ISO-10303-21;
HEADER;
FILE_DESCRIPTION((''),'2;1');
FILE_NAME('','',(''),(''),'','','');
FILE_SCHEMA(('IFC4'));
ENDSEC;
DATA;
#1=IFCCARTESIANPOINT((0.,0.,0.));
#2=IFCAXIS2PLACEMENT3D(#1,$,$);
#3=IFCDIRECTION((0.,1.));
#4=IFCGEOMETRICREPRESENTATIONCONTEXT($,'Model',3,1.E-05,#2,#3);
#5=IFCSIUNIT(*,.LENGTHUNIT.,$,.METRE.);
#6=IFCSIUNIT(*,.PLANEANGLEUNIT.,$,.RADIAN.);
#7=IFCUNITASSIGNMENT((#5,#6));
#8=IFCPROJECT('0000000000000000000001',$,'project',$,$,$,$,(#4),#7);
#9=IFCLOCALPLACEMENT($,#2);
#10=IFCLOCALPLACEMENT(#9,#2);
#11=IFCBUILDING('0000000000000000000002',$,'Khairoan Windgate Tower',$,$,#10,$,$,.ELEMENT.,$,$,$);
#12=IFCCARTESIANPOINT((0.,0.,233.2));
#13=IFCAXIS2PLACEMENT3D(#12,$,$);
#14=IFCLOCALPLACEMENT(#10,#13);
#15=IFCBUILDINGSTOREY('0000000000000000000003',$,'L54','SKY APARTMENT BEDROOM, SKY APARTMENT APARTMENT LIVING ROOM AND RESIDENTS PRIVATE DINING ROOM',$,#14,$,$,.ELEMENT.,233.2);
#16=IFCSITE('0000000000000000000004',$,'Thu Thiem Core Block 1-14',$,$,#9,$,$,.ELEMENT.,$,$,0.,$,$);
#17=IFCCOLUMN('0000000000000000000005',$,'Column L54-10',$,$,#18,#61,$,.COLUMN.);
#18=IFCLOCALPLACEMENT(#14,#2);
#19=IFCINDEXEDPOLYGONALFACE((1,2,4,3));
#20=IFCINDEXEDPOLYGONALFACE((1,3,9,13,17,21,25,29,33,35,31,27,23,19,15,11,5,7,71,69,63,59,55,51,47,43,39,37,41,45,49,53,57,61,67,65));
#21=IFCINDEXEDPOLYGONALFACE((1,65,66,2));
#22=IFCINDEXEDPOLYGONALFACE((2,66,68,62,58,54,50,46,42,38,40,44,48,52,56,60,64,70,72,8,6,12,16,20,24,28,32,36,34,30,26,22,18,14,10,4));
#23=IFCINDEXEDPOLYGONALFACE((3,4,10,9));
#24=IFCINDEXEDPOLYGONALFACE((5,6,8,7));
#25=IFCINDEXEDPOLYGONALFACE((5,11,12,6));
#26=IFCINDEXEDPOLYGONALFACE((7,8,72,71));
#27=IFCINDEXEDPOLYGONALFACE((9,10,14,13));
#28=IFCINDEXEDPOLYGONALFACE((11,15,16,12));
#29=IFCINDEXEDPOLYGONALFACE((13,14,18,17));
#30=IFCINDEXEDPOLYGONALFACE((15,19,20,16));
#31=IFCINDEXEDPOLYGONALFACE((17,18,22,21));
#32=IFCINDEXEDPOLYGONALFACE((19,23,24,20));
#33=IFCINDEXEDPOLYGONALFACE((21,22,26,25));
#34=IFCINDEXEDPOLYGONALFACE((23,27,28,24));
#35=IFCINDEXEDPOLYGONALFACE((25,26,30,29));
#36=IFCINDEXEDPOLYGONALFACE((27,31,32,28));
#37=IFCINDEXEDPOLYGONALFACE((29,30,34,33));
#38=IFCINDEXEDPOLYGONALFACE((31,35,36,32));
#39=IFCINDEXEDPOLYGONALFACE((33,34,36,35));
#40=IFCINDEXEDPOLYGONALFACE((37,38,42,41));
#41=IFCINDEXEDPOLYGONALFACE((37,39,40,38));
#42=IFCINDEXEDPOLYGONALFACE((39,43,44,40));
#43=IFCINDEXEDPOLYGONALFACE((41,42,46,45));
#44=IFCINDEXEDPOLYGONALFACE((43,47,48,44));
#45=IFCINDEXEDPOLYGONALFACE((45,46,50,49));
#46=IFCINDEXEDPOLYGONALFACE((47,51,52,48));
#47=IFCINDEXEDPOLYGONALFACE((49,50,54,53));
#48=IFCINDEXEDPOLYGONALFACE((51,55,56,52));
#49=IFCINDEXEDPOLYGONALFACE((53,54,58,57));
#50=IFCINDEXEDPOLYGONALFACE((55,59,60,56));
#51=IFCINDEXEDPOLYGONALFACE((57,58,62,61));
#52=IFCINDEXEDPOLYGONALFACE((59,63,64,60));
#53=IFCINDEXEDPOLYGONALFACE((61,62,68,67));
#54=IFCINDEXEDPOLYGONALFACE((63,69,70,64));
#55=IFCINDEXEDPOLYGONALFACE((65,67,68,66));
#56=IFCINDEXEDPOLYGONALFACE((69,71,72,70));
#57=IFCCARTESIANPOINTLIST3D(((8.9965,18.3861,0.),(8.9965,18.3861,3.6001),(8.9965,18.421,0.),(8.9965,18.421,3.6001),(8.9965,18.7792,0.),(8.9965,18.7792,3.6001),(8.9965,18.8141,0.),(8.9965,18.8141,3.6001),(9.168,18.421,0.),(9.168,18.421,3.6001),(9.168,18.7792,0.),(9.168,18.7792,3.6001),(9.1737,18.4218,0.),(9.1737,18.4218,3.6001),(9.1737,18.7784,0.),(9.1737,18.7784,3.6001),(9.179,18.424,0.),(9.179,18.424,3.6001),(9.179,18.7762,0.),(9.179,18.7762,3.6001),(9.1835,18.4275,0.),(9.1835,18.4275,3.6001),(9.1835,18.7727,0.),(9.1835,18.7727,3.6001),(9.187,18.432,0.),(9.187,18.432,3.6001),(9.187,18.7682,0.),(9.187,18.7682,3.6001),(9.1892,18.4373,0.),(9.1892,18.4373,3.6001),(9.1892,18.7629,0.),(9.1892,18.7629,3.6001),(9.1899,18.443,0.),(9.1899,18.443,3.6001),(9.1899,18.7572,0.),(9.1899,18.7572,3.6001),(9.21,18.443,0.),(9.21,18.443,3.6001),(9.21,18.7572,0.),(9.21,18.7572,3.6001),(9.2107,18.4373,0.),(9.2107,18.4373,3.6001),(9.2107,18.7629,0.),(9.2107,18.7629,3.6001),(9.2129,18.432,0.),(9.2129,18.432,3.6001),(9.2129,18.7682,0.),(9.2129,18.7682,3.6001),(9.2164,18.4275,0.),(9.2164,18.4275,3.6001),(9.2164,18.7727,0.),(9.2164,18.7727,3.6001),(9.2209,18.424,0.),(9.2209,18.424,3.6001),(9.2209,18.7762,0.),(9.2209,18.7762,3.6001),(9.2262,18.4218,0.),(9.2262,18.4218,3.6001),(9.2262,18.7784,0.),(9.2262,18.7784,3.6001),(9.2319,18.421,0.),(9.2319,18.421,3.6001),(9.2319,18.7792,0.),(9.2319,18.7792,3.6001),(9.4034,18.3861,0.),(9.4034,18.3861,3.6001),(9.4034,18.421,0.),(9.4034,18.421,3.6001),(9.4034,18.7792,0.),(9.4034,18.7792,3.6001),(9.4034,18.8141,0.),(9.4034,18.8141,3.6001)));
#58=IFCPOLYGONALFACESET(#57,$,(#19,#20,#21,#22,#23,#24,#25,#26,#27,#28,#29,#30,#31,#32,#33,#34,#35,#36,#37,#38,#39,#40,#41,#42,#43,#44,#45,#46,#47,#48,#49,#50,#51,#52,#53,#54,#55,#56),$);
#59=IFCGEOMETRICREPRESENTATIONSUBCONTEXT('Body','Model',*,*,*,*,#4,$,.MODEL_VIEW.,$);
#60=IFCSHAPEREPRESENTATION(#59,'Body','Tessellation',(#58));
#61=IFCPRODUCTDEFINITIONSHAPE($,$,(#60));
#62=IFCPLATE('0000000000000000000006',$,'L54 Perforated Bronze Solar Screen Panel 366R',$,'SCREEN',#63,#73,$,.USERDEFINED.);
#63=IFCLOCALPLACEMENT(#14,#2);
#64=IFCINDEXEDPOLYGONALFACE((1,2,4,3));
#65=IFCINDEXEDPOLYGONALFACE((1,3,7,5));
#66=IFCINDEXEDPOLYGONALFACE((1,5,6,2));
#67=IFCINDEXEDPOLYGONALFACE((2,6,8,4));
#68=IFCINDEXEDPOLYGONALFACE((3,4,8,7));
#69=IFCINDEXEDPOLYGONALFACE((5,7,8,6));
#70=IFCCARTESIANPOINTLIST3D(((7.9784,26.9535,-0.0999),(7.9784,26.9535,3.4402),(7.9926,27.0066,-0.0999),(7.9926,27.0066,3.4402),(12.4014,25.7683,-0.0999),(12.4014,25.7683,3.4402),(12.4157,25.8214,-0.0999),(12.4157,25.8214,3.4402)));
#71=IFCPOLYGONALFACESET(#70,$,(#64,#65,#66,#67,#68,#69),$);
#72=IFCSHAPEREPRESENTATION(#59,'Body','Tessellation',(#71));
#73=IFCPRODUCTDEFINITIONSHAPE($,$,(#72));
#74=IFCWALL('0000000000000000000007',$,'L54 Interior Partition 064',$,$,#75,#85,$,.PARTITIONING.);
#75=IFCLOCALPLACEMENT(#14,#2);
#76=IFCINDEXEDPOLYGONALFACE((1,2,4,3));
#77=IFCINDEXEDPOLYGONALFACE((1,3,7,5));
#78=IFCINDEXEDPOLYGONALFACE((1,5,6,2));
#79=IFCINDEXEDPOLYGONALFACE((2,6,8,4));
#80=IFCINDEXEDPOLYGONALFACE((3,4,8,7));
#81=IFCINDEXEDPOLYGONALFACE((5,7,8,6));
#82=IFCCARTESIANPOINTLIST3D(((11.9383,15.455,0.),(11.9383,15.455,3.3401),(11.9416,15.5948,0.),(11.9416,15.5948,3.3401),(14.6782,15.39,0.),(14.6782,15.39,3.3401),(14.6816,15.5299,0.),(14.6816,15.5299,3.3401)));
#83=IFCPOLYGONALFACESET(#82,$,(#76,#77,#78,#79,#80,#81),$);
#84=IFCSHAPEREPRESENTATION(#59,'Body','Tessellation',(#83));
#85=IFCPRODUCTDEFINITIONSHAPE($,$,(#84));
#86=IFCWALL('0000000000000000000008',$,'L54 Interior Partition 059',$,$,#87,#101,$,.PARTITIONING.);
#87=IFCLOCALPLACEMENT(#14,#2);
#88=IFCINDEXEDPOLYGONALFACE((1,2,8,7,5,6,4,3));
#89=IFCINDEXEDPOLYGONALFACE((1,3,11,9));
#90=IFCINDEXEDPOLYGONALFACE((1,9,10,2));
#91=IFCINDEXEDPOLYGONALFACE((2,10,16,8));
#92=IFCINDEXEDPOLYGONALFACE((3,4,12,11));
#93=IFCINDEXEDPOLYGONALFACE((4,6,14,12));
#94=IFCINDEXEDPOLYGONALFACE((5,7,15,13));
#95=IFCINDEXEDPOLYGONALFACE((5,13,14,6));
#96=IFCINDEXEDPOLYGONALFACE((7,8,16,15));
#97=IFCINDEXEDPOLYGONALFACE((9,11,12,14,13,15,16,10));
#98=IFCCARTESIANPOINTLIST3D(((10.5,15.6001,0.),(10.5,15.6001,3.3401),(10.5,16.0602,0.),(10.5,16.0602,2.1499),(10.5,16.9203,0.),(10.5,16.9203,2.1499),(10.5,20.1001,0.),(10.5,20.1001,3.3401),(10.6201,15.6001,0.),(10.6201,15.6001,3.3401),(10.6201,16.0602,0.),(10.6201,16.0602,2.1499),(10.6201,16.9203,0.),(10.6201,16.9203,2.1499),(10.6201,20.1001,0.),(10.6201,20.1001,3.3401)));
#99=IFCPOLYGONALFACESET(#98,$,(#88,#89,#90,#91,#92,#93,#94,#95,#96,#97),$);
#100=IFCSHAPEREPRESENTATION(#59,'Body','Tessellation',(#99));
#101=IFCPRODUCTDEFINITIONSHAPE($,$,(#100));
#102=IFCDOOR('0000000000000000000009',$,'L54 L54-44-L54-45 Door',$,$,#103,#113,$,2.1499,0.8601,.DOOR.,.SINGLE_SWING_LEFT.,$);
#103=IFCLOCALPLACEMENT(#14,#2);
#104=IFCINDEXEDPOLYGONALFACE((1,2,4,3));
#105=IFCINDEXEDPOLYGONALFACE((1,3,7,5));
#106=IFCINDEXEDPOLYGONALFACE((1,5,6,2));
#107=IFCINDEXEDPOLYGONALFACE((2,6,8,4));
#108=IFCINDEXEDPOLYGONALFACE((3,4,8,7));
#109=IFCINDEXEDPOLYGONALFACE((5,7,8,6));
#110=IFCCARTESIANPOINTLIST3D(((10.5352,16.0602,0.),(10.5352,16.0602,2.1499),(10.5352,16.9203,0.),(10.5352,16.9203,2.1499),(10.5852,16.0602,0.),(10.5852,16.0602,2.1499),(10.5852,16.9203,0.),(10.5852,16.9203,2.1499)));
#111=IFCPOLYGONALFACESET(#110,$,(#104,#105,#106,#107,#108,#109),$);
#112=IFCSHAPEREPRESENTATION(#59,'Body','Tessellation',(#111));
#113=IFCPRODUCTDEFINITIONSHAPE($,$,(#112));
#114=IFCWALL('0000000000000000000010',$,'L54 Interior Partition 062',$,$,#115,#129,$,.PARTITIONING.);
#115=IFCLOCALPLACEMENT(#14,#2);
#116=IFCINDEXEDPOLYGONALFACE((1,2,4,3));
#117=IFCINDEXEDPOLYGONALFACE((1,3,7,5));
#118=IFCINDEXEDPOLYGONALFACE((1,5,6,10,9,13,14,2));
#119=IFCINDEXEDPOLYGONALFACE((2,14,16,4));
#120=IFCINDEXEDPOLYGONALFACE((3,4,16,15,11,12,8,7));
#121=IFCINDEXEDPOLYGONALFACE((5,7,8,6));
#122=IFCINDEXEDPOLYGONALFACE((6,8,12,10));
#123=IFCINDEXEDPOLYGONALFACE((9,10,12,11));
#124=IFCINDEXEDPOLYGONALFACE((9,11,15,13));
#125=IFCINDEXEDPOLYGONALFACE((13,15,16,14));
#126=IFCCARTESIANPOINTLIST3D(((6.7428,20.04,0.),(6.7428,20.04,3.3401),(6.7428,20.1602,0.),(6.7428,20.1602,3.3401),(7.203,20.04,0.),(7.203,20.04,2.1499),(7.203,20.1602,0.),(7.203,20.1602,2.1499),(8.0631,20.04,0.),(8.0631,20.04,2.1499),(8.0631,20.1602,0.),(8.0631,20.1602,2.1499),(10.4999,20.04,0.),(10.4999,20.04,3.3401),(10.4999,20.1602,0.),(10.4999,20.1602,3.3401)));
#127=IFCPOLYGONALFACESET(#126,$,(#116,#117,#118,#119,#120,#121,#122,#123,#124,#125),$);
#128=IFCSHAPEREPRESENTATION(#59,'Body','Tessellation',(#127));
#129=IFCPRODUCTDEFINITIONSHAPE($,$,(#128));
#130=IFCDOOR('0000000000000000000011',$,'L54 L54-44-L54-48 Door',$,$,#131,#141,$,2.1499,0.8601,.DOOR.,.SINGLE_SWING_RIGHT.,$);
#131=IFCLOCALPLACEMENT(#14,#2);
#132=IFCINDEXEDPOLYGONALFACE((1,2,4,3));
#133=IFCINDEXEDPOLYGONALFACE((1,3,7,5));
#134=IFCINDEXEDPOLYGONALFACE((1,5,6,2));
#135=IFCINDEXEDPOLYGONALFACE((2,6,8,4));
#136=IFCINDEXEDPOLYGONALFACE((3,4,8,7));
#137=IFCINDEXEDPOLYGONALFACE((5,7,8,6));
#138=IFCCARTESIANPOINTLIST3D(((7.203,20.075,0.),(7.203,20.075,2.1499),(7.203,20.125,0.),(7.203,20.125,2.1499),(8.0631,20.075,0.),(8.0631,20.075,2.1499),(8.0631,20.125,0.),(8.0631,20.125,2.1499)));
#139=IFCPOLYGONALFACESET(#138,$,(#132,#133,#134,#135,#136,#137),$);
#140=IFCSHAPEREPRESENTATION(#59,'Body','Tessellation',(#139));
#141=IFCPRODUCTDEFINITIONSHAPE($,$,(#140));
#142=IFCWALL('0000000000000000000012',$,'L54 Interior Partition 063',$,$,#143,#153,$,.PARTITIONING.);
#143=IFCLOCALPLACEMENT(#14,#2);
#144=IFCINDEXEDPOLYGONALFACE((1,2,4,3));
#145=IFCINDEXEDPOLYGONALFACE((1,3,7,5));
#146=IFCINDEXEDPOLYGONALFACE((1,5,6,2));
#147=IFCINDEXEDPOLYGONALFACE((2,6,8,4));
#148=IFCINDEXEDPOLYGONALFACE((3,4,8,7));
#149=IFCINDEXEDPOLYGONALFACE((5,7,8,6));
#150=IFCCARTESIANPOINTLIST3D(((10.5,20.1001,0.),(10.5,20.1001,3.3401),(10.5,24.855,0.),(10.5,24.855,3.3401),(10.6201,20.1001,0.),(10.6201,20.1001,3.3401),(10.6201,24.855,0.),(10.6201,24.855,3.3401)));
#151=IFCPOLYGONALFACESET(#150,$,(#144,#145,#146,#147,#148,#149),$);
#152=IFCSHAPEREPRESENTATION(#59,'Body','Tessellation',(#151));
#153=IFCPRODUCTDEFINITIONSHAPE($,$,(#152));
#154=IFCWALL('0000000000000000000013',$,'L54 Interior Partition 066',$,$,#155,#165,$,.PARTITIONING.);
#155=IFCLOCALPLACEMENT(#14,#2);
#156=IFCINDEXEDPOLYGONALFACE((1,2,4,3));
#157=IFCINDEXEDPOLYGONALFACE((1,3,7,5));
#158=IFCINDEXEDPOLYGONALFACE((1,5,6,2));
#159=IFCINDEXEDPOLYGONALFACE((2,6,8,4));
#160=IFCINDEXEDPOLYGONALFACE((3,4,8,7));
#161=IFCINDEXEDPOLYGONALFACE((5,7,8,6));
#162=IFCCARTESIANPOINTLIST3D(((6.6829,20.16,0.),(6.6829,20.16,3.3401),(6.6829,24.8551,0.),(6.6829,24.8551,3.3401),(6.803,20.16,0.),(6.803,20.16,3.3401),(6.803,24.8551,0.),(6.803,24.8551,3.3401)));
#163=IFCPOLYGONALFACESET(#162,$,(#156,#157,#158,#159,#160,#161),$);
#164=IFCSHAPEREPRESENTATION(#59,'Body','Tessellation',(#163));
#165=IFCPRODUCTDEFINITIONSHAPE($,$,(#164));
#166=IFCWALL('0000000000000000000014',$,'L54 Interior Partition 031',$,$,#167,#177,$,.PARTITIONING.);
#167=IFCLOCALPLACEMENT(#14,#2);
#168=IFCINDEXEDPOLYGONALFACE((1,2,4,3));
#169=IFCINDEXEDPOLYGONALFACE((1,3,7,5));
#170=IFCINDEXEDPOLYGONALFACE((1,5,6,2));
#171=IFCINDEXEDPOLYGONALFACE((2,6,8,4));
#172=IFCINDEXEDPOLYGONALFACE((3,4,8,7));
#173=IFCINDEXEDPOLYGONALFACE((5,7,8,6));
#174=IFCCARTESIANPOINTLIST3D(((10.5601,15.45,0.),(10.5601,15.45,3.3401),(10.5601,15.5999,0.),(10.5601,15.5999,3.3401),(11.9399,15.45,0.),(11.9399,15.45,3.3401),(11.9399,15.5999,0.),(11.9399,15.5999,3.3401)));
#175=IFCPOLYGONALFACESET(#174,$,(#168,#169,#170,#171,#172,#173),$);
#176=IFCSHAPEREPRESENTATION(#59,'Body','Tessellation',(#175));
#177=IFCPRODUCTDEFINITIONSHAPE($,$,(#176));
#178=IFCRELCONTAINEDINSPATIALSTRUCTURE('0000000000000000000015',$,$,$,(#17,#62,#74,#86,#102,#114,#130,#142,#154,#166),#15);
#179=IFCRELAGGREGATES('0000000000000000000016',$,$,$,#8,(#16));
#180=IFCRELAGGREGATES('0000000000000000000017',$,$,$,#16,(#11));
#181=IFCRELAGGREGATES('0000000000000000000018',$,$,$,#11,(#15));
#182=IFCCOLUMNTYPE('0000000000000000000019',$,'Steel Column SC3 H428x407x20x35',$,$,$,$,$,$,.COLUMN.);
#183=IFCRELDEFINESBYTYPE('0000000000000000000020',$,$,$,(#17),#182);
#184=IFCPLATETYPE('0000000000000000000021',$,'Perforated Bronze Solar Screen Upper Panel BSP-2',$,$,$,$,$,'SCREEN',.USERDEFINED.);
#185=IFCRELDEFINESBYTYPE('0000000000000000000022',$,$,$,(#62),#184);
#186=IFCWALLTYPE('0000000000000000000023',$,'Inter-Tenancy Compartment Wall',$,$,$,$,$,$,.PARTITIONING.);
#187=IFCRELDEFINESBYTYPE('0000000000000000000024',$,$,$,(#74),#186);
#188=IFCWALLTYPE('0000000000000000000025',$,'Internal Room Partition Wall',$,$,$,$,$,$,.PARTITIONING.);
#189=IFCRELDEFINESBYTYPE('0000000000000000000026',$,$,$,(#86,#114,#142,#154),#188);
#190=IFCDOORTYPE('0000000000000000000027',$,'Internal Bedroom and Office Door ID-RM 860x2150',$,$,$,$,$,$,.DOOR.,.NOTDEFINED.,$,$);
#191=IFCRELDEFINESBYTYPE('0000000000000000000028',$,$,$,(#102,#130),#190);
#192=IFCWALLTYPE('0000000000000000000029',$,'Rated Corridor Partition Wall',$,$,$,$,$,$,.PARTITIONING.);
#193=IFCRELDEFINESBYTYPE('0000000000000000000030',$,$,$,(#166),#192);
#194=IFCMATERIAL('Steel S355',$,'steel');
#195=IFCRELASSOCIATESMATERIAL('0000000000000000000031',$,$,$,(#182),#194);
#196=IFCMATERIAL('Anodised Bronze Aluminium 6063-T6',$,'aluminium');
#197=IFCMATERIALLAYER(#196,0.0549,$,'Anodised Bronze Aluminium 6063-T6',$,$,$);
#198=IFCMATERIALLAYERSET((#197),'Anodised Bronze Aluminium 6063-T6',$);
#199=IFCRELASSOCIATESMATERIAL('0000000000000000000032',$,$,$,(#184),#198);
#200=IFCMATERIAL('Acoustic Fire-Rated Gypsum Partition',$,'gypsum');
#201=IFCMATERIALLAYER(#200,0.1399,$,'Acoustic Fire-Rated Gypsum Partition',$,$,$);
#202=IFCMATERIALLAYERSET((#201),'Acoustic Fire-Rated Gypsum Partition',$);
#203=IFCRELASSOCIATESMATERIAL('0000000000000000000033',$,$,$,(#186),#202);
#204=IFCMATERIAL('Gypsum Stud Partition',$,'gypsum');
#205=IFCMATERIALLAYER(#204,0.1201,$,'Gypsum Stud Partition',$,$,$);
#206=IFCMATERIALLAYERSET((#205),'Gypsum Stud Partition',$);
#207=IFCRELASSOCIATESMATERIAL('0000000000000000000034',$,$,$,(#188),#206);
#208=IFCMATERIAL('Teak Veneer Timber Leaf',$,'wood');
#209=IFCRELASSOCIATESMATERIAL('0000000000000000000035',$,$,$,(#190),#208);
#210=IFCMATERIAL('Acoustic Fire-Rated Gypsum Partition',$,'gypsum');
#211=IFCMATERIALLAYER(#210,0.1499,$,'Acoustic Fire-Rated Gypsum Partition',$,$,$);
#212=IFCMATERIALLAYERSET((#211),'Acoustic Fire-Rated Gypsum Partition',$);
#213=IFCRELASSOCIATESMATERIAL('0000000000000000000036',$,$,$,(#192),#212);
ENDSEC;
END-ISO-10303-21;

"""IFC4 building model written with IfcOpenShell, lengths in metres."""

from ifc_helpers import new_model, si_unit, direction, frame, frame_2d, origin, origin_2d, place, context, subcontext, project, spatial, rectangle, i_section, extrude, material, layer, layer_set, material_profile, profile_set, type_object, element, fill, save


model = new_model("IFC4")

# Units and contexts
model_context = context("Model", 3, precision=1e-05, world=origin(), true_north=direction((0.0, 1.0)))
body_context = subcontext(model_context, "Body", "Model", "MODEL_VIEW")
ifc_project = project(units=[si_unit("LENGTHUNIT", "METRE"), si_unit("PLANEANGLEUNIT", "RADIAN")], contexts=[model_context])

# Site, building, storey
site_placement = place(None, origin())
site = spatial("IfcSite", under=ifc_project, at=site_placement, Name="Thu Thiem Core Block 1-14", CompositionType="ELEMENT", RefElevation=0.0)
building_placement = place(site_placement, origin())
building = spatial("IfcBuilding", under=site, at=building_placement, Name="Khairoan Windgate Tower", CompositionType="ELEMENT")
storey_placement = place(building_placement, frame((0.0, 0.0, 233.2)))
storey = spatial("IfcBuildingStorey", under=building, at=storey_placement, Name="L54", Description="SKY APARTMENT BEDROOM, SKY APARTMENT APARTMENT LIVING ROOM AND RESIDENTS PRIVATE DINING ROOM", CompositionType="ELEMENT", Elevation=233.2)

# Column
ifc_material_1 = material(Name="Steel S355", Category="steel")
ifc_material_profile = material_profile(ifc_material_1, i_section(OverallWidth=0.407, OverallDepth=0.428, WebThickness=0.02, FlangeThickness=0.0349, FilletRadius=0.022, at=origin_2d()))
ifc_profile_set = profile_set([ifc_material_profile], Name="Steel S355")
column_type = type_object("IfcColumnType", Name="Steel Column SC3 H428x407x20x35", PredefinedType="COLUMN", material=ifc_profile_set)
column_placement = place(storey_placement, frame((9.2, 18.6001, 0.0), z_axis=(0.0, 0.0, 1.0), x_axis=(1.0, 0.0, 0.0)))
element("IfcColumn", 1, at=column_placement, inside=storey, type_object=column_type, Name="Column L54-10", PredefinedType="COLUMN", context=body_context, shape_type="SweptSolid", body=[
    extrude(i_section(OverallWidth=0.407, OverallDepth=0.428, WebThickness=0.02, FlangeThickness=0.0349, FilletRadius=0.022, at=origin_2d()), origin(), (0.0, 0.0, 1.0), 3.6001),
])

# Plate
ifc_material_2 = material(Name="Anodised Bronze Aluminium 6063-T6", Category="aluminium")
ifc_layer_1 = layer(ifc_material_2, 0.0549, Name="Anodised Bronze Aluminium 6063-T6")
ifc_layer_set_1 = layer_set([ifc_layer_1], Name="Anodised Bronze Aluminium 6063-T6")
plate_type = type_object("IfcPlateType", Name="Perforated Bronze Solar Screen Upper Panel BSP-2", ElementType="SCREEN", PredefinedType="USERDEFINED", material=ifc_layer_set_1)
plate_placement = place(storey_placement, frame((10.197, 26.3875, -0.0999), z_axis=(0.0, 0.0, 1.0), x_axis=(0.965926, -0.258819, 0.0)))
element("IfcPlate", 2, at=plate_placement, inside=storey, type_object=plate_type, Name="L54 Perforated Bronze Solar Screen Panel 366R", ObjectType="SCREEN", PredefinedType="USERDEFINED", context=body_context, shape_type="SweptSolid", body=[
    extrude(rectangle(XDim=4.5791, YDim=0.0549, at=origin_2d()), origin(), (0.0, 0.0, 1.0), 3.54),
])

# Wall
ifc_material_3 = material(Name="Acoustic Fire-Rated Gypsum Partition", Category="gypsum")
ifc_layer_2 = layer(ifc_material_3, 0.1399, Name="Acoustic Fire-Rated Gypsum Partition")
ifc_layer_set_2 = layer_set([ifc_layer_2], Name="Acoustic Fire-Rated Gypsum Partition")
wall_type_1 = type_object("IfcWallType", Name="Inter-Tenancy Compartment Wall", PredefinedType="PARTITIONING", material=ifc_layer_set_2)
wall_1_placement = place(storey_placement, frame((11.9399, 15.5249, 0.0), z_axis=(0.0, 0.0, 1.0), x_axis=(0.999719, -0.023695, 0.0)))
element("IfcWall", 3, at=wall_1_placement, inside=storey, type_object=wall_type_1, Name="L54 Interior Partition 064", PredefinedType="PARTITIONING", context=body_context, shape_type="SweptSolid", body=[
    extrude(rectangle(XDim=2.7407, YDim=0.1399, at=frame_2d((1.3704, 0.0))), origin(), (0.0, 0.0, 1.0), 3.3401),
])

# Walls, openings, doors
ifc_material_4 = material(Name="Gypsum Stud Partition", Category="gypsum")
ifc_layer_3 = layer(ifc_material_4, 0.1201, Name="Gypsum Stud Partition")
ifc_layer_set_3 = layer_set([ifc_layer_3], Name="Gypsum Stud Partition")
wall_type_2 = type_object("IfcWallType", Name="Internal Room Partition Wall", PredefinedType="PARTITIONING", material=ifc_layer_set_3)
wall_2_placement = place(storey_placement, frame((10.5601, 15.6001, 0.0), z_axis=(0.0, 0.0, 1.0), x_axis=(0.0, 1.0, 0.0)))
wall_2 = element("IfcWall", 4, at=wall_2_placement, inside=storey, type_object=wall_type_2, Name="L54 Interior Partition 059", PredefinedType="PARTITIONING", context=body_context, shape_type="SweptSolid", body=[
    extrude(rectangle(XDim=4.5, YDim=0.1201, at=frame_2d((2.25, 0.0))), origin(), (0.0, 0.0, 1.0), 3.3401),
])
opening_1_placement = place(wall_2_placement, frame((0.46, 0.0, 0.0)))
opening_1 = element("IfcOpeningElement", 5, at=opening_1_placement, cuts=wall_2, PredefinedType="OPENING", context=body_context, shape_type="SweptSolid", body=[
    extrude(rectangle(XDim=0.8601, YDim=2.1499, at=frame_2d((0.4302, 1.075))), frame((0.0, 0.0701, 0.0), z_axis=(0.0, -1.0, 0.0), x_axis=(1.0, 0.0, 0.0)), (0.0, 0.0, 1.0), 0.1401),
])
ifc_material_5 = material(Name="Teak Veneer Timber Leaf", Category="wood")
door_type = type_object("IfcDoorType", Name="Internal Bedroom and Office Door ID-RM 860x2150", OperationType="NOTDEFINED", PredefinedType="DOOR", material=ifc_material_5)
door_1_placement = place(opening_1_placement, origin())
door_1 = element("IfcDoor", 6, at=door_1_placement, inside=storey, type_object=door_type, Name="L54 L54-44-L54-45 Door", OperationType="SINGLE_SWING_LEFT", OverallHeight=2.1499, OverallWidth=0.8601, PredefinedType="DOOR", context=body_context, shape_type="SweptSolid", body=[
    extrude(rectangle(XDim=0.8601, YDim=2.1499, at=frame_2d((0.4302, 1.075))), frame((0.0, 0.0249, 0.0), z_axis=(0.0, -1.0, 0.0), x_axis=(1.0, 0.0, 0.0)), (0.0, 0.0, 1.0), 0.05),
])
fill(opening_1, door_1)
wall_3_placement = place(storey_placement, frame((6.7429, 20.1001, 0.0), z_axis=(0.0, 0.0, 1.0), x_axis=(1.0, 0.0, 0.0)))
wall_3 = element("IfcWall", 7, at=wall_3_placement, inside=storey, type_object=wall_type_2, Name="L54 Interior Partition 062", PredefinedType="PARTITIONING", context=body_context, shape_type="SweptSolid", body=[
    extrude(rectangle(XDim=3.7571, YDim=0.1201, at=frame_2d((1.8784, 0.0))), origin(), (0.0, 0.0, 1.0), 3.3401),
])
opening_2_placement = place(wall_3_placement, frame((0.46, 0.0, 0.0)))
opening_2 = element("IfcOpeningElement", 8, at=opening_2_placement, cuts=wall_3, PredefinedType="OPENING", context=body_context, shape_type="SweptSolid", body=[
    extrude(rectangle(XDim=0.8601, YDim=2.1499, at=frame_2d((0.4302, 1.075))), frame((0.0, 0.0701, 0.0), z_axis=(0.0, -1.0, 0.0), x_axis=(1.0, 0.0, 0.0)), (0.0, 0.0, 1.0), 0.1401),
])
door_2_placement = place(opening_2_placement, origin())
door_2 = element("IfcDoor", 9, at=door_2_placement, inside=storey, type_object=door_type, Name="L54 L54-44-L54-48 Door", OperationType="SINGLE_SWING_RIGHT", OverallHeight=2.1499, OverallWidth=0.8601, PredefinedType="DOOR", context=body_context, shape_type="SweptSolid", body=[
    extrude(rectangle(XDim=0.8601, YDim=2.1499, at=frame_2d((0.4302, 1.075))), frame((0.0, 0.0249, 0.0), z_axis=(0.0, -1.0, 0.0), x_axis=(1.0, 0.0, 0.0)), (0.0, 0.0, 1.0), 0.05),
])
fill(opening_2, door_2)

# Walls
wall_4_placement = place(storey_placement, frame((10.5601, 20.1001, 0.0), z_axis=(0.0, 0.0, 1.0), x_axis=(0.0, 1.0, 0.0)))
element("IfcWall", 10, at=wall_4_placement, inside=storey, type_object=wall_type_2, Name="L54 Interior Partition 063", PredefinedType="PARTITIONING", context=body_context, shape_type="SweptSolid", body=[
    extrude(rectangle(XDim=4.7549, YDim=0.1201, at=frame_2d((2.3774, 0.0))), origin(), (0.0, 0.0, 1.0), 3.3401),
])
wall_5_placement = place(storey_placement, frame((6.7429, 20.1599, 0.0), z_axis=(0.0, 0.0, 1.0), x_axis=(0.0, 1.0, 0.0)))
element("IfcWall", 11, at=wall_5_placement, inside=storey, type_object=wall_type_2, Name="L54 Interior Partition 066", PredefinedType="PARTITIONING", context=body_context, shape_type="SweptSolid", body=[
    extrude(rectangle(XDim=4.6951, YDim=0.1201, at=frame_2d((2.3477, 0.0))), origin(), (0.0, 0.0, 1.0), 3.3401),
])
ifc_material_6 = material(Name="Acoustic Fire-Rated Gypsum Partition", Category="gypsum")
ifc_layer_4 = layer(ifc_material_6, 0.1499, Name="Acoustic Fire-Rated Gypsum Partition")
ifc_layer_set_4 = layer_set([ifc_layer_4], Name="Acoustic Fire-Rated Gypsum Partition")
wall_type_3 = type_object("IfcWallType", Name="Rated Corridor Partition Wall", PredefinedType="PARTITIONING", material=ifc_layer_set_4)
wall_6_placement = place(storey_placement, frame((10.5601, 15.5249, 0.0), z_axis=(0.0, 0.0, 1.0), x_axis=(1.0, 0.0, 0.0)))
element("IfcWall", 12, at=wall_6_placement, inside=storey, type_object=wall_type_3, Name="L54 Interior Partition 031", PredefinedType="PARTITIONING", context=body_context, shape_type="SweptSolid", body=[
    extrude(rectangle(XDim=1.3799, YDim=0.1499, at=frame_2d((0.6899, 0.0))), origin(), (0.0, 0.0, 1.0), 3.3401),
])

save(model, "model.ifc")
